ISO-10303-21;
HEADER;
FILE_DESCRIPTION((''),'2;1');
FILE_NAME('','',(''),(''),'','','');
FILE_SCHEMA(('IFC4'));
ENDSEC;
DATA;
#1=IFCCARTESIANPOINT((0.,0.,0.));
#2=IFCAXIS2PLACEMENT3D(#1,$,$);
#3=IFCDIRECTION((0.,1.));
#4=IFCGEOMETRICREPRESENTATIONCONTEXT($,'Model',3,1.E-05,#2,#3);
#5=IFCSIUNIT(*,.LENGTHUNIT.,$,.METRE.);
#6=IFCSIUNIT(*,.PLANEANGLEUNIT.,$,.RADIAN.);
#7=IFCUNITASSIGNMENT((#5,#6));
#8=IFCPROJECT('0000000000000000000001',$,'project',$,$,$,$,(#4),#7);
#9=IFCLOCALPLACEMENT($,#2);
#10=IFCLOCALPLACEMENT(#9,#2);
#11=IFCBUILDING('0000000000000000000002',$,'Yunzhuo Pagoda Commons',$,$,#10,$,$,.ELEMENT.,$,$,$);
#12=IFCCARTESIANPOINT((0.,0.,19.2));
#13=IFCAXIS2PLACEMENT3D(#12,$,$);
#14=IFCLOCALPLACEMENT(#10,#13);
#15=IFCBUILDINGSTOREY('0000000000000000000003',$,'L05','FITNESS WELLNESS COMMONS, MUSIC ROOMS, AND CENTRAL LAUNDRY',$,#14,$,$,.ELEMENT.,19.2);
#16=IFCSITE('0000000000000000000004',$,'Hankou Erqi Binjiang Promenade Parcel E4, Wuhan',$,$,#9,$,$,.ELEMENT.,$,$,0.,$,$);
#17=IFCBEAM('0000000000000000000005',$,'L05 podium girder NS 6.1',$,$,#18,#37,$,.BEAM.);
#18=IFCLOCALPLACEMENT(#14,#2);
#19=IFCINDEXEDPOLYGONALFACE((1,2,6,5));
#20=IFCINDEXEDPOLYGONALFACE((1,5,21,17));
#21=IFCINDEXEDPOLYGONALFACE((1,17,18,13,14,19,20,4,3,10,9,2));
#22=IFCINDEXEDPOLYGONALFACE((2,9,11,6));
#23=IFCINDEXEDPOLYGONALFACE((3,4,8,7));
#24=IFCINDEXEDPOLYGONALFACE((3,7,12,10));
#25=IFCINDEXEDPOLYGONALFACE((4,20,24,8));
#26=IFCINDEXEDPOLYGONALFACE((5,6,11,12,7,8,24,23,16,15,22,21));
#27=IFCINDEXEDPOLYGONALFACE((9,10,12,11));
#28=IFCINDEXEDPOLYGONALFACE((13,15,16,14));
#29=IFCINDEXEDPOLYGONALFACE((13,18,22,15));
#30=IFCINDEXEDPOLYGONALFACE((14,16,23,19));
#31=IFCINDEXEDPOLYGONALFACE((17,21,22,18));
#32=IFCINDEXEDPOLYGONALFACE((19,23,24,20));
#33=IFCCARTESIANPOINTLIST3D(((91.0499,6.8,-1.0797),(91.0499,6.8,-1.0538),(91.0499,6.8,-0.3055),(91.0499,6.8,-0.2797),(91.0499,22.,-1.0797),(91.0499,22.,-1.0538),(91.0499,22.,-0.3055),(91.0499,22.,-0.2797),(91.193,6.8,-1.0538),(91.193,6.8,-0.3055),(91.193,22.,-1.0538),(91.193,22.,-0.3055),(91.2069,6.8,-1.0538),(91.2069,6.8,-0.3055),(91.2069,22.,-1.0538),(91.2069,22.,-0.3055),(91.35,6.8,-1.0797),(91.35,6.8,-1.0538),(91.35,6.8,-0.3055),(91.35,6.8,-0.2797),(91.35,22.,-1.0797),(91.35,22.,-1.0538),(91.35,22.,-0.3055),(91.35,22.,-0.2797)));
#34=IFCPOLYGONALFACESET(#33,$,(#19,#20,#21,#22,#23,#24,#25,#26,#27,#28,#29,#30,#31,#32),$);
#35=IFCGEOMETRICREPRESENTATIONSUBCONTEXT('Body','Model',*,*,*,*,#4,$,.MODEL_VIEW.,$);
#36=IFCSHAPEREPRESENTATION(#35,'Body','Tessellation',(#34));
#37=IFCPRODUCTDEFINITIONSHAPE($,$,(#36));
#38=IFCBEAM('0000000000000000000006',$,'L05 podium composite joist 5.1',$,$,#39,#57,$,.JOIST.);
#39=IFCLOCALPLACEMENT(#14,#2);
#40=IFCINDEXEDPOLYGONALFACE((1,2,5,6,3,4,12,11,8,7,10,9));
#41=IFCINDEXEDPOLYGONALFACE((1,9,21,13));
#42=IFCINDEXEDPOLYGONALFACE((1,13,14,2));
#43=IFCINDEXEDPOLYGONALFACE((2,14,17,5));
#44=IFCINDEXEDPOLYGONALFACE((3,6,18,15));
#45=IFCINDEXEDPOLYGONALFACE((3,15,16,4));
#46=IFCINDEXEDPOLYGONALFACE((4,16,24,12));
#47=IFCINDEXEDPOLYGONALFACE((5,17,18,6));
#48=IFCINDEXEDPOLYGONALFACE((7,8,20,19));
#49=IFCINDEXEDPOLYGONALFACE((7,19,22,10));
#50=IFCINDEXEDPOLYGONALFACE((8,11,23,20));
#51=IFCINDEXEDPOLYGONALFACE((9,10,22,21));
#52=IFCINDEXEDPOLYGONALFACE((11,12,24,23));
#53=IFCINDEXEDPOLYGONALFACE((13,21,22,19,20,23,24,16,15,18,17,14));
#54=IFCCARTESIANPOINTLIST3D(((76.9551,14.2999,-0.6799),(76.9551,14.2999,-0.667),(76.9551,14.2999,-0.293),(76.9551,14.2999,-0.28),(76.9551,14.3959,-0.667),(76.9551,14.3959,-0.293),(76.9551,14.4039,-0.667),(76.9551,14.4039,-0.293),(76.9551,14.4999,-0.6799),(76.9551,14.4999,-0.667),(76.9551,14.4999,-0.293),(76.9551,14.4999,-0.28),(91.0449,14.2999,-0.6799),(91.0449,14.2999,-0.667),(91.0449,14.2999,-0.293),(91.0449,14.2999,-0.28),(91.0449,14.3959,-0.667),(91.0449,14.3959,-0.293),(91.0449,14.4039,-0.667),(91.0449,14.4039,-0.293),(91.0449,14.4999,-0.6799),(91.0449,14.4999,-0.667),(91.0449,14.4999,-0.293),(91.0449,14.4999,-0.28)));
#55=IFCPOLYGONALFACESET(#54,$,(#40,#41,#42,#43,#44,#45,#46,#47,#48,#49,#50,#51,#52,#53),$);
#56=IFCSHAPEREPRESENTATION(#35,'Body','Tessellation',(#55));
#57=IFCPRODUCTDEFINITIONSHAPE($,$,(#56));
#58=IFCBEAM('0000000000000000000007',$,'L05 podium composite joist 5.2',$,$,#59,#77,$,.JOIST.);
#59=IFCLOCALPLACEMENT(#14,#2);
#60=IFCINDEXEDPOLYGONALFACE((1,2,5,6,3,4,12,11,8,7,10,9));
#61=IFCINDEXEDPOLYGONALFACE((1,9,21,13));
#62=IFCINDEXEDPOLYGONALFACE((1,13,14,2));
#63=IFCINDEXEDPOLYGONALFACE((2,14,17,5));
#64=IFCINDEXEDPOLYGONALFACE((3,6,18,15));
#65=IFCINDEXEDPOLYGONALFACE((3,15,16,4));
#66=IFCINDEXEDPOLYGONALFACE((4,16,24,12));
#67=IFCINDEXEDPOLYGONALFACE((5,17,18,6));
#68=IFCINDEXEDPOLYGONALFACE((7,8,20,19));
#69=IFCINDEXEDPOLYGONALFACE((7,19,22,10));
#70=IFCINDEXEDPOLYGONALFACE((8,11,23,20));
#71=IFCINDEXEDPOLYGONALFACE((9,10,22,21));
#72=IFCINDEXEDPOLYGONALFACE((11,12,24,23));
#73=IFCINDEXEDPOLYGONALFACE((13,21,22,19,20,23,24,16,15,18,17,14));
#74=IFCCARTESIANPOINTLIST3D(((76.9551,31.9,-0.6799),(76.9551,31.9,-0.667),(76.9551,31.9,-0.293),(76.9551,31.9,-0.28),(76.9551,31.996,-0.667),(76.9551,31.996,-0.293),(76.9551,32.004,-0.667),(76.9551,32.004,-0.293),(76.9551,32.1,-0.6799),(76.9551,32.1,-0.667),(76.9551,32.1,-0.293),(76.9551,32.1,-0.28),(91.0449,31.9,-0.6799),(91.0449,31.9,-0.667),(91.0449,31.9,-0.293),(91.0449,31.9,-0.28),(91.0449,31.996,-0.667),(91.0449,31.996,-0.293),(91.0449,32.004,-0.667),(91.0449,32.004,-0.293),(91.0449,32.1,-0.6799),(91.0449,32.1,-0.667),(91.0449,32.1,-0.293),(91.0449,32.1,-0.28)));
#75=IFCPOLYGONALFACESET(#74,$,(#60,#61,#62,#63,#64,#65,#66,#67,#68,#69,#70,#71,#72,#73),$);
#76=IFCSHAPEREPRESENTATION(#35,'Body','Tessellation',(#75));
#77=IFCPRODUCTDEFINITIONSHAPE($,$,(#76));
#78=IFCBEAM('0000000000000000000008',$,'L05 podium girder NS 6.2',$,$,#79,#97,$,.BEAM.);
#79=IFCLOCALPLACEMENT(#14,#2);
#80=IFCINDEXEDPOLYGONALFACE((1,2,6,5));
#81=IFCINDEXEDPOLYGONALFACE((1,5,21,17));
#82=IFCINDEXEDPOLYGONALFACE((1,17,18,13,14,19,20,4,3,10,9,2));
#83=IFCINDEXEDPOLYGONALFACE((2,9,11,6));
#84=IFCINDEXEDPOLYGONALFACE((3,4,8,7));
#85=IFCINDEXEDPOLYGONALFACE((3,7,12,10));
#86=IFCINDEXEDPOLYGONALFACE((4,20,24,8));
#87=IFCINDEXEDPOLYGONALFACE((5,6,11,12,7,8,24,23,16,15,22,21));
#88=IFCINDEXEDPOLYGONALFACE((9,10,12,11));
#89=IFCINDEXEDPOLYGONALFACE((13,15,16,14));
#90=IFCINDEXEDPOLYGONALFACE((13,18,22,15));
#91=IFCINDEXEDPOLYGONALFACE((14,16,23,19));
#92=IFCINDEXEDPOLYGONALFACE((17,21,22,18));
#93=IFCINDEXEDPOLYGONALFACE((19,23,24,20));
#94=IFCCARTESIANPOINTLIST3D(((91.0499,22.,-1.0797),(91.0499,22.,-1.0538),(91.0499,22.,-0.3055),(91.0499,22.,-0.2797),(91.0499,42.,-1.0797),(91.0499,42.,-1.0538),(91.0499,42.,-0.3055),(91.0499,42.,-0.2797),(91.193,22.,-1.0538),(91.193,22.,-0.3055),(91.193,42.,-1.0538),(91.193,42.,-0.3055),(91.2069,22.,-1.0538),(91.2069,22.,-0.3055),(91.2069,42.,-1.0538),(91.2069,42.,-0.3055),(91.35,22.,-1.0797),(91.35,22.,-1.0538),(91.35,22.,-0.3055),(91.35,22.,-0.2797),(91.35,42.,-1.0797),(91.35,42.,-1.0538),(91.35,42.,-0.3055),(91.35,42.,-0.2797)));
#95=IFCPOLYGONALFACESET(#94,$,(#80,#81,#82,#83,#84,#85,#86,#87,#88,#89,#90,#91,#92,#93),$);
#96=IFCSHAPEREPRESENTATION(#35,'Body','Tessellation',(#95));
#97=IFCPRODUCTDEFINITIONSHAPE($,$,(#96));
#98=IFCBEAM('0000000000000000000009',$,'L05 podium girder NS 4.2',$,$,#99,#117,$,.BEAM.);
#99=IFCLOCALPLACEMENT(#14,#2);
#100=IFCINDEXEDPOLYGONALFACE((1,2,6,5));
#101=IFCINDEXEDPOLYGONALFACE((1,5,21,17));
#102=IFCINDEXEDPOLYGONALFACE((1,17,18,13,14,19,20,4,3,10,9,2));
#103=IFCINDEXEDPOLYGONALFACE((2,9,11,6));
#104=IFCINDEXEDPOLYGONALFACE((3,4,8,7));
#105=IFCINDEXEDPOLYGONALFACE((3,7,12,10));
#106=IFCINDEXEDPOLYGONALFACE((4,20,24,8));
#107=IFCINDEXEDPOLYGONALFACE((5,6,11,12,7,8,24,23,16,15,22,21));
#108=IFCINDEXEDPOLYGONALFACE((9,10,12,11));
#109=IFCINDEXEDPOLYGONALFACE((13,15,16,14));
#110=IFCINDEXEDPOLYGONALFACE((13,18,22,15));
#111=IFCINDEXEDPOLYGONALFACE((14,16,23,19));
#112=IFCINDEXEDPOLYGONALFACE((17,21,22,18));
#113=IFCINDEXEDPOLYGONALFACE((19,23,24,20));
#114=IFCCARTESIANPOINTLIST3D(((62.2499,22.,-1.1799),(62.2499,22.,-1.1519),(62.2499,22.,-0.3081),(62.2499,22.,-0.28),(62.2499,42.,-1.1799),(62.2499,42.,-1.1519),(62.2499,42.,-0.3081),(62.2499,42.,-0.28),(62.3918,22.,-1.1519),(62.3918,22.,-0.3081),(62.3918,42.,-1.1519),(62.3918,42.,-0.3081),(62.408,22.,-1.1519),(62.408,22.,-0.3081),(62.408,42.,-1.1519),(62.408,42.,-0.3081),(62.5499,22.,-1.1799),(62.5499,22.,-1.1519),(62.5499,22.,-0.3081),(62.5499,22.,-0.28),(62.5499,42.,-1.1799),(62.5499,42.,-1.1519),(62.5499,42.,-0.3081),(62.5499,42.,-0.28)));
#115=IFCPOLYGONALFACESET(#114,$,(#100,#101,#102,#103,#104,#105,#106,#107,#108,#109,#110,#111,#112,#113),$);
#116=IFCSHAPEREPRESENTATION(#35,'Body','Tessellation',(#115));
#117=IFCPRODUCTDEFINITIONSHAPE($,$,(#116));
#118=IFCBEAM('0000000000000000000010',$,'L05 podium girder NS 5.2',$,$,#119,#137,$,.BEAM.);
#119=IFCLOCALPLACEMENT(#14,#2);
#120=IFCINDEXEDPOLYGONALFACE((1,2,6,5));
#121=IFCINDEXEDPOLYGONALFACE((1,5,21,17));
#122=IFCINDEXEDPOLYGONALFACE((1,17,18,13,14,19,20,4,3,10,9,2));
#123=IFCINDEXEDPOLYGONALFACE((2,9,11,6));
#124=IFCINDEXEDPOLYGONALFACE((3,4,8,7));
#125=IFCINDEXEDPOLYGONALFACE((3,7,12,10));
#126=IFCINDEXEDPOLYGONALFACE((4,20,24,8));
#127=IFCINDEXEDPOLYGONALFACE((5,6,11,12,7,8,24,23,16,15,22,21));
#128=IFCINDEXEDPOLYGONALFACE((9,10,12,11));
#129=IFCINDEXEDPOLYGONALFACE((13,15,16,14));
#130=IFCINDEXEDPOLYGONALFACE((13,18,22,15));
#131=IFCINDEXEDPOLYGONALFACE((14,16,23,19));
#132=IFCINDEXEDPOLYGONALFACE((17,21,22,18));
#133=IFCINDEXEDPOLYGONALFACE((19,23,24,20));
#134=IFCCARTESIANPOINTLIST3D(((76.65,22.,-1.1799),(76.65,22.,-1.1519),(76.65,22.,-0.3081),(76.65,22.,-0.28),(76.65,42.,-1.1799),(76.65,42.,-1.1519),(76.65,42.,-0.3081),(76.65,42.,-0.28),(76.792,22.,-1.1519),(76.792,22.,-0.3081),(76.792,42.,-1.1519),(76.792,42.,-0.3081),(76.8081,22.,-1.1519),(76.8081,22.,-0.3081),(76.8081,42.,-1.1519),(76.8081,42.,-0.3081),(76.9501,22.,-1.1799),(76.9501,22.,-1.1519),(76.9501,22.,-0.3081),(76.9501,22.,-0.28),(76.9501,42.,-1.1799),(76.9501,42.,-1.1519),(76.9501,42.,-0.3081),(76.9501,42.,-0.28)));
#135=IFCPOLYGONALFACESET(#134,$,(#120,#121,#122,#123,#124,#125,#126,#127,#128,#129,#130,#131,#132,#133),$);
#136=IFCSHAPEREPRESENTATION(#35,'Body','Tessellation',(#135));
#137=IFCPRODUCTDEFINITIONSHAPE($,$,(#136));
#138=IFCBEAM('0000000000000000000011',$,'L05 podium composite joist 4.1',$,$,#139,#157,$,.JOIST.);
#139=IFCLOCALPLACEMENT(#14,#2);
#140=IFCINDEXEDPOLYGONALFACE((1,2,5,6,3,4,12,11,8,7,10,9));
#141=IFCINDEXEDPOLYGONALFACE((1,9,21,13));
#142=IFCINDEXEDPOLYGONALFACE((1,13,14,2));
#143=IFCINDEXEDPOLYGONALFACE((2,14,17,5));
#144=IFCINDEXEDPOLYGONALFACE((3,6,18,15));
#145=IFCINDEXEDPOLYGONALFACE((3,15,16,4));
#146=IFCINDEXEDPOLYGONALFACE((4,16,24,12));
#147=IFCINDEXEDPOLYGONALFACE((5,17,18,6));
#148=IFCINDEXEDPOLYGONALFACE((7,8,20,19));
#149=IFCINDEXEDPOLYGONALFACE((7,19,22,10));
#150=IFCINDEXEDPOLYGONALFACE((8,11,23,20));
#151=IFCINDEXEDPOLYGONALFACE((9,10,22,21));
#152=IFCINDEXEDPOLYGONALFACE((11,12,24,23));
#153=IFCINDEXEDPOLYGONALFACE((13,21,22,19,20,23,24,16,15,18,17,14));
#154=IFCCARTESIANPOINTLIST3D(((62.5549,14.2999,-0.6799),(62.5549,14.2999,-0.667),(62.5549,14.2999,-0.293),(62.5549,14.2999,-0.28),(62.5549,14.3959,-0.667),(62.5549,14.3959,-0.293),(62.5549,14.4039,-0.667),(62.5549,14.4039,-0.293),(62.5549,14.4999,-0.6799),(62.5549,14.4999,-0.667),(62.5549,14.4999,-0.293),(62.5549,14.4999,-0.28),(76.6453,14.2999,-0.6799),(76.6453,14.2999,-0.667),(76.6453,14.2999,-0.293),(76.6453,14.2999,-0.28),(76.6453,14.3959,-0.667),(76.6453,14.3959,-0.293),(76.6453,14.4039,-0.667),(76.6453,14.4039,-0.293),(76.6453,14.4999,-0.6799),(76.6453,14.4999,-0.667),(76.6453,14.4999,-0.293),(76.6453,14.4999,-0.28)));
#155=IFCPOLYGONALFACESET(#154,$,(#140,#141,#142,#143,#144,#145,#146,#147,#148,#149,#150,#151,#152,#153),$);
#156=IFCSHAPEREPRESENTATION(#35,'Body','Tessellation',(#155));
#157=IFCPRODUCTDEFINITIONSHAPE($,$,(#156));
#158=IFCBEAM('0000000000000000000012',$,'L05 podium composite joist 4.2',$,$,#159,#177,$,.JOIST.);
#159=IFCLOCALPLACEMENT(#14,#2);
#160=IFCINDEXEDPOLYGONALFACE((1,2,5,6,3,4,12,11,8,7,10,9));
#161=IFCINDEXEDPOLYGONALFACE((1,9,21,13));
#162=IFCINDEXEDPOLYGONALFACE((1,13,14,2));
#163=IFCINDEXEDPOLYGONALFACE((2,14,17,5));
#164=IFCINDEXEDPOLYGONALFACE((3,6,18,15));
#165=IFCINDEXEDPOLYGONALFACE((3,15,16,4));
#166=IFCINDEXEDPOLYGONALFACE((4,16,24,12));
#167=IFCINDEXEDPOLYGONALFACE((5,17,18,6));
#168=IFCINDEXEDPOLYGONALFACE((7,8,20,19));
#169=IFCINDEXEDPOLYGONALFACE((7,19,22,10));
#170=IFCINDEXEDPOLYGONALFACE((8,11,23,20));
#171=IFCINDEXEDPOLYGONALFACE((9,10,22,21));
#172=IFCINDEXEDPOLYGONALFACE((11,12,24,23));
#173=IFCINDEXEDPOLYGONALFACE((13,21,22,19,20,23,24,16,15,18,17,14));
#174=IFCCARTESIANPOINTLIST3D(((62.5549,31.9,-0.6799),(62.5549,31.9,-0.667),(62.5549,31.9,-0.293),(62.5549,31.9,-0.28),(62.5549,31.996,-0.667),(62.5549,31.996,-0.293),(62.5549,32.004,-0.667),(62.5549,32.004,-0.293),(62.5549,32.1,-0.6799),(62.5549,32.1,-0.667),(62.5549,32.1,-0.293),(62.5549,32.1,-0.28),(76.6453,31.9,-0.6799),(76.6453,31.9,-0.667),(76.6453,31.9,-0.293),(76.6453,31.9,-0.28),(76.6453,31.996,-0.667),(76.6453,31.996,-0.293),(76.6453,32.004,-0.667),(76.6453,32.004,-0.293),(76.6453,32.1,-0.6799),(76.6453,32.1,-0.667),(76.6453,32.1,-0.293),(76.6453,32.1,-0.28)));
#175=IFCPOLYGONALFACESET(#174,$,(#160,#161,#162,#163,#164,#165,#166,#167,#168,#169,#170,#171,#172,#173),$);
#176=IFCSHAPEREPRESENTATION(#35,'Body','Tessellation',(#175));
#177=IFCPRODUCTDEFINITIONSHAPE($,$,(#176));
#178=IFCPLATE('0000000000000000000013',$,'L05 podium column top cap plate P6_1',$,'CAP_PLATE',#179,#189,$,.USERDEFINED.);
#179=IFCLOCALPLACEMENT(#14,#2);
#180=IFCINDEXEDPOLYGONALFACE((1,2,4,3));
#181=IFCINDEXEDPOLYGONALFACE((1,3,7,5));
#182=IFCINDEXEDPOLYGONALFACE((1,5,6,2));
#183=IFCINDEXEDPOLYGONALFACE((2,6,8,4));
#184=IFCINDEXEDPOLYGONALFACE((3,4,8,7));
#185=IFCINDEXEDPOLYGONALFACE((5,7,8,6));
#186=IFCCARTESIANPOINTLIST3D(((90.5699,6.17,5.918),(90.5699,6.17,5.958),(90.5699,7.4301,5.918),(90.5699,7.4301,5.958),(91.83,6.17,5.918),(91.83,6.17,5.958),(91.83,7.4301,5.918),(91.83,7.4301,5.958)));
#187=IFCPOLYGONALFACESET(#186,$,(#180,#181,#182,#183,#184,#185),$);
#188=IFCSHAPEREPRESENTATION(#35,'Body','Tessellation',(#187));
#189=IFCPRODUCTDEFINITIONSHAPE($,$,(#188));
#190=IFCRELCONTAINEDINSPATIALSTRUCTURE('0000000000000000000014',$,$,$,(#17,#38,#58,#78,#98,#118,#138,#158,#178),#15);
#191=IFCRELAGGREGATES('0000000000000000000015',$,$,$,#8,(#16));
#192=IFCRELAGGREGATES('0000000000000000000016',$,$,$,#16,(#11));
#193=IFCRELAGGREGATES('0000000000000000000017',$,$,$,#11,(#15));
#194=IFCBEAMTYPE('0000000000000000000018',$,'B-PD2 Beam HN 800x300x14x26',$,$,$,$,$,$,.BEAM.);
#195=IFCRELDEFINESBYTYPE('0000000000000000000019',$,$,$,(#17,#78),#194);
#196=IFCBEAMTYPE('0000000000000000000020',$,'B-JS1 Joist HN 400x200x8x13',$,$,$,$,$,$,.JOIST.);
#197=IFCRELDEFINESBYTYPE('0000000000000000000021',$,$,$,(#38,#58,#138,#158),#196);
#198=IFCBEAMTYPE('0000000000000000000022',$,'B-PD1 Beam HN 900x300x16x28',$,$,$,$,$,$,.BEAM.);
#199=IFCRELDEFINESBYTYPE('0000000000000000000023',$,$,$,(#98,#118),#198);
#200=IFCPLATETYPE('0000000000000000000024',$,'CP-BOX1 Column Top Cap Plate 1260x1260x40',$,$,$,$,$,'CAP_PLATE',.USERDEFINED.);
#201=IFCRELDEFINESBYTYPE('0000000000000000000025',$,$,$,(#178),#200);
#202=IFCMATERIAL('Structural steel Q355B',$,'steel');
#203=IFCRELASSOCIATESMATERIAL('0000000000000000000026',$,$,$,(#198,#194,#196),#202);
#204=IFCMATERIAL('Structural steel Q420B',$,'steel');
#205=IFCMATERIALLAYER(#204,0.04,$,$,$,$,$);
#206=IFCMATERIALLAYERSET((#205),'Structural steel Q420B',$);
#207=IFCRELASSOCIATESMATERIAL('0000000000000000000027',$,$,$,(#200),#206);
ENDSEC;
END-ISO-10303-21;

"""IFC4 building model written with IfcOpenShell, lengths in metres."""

from ifc_helpers import new_model, si_unit, direction, frame, origin, origin_2d, place, context, subcontext, project, spatial, rectangle, i_section, extrude, source, transform, mapped, material, layer, layer_set, material_profile, profile_set, type_object, element, save


model = new_model("IFC4")

# Units and contexts
model_context = context("Model", 3, precision=1e-05, world=origin(), true_north=direction((0.0, 1.0)))
body_context = subcontext(model_context, "Body", "Model", "MODEL_VIEW")
ifc_project = project(units=[si_unit("LENGTHUNIT", "METRE"), si_unit("PLANEANGLEUNIT", "RADIAN")], contexts=[model_context])

# Site, building, storey
site_placement = place(None, origin())
site = spatial("IfcSite", under=ifc_project, at=site_placement, Name="Hankou Erqi Binjiang Promenade Parcel E4, Wuhan", CompositionType="ELEMENT", RefElevation=0.0)
building_placement = place(site_placement, origin())
building = spatial("IfcBuilding", under=site, at=building_placement, Name="Yunzhuo Pagoda Commons", CompositionType="ELEMENT")
storey_placement = place(building_placement, frame((0.0, 0.0, 19.2)))
storey = spatial("IfcBuildingStorey", under=building, at=storey_placement, Name="L05", Description="FITNESS WELLNESS COMMONS, MUSIC ROOMS, AND CENTRAL LAUNDRY", CompositionType="ELEMENT", Elevation=19.2)

# Shared definitions
ifc_material_1 = material(Name="Structural steel Q420B", Category="steel")

# Beams
ifc_material_2 = material(Name="Structural steel Q355B", Category="steel")
ifc_material_profile_1 = material_profile(ifc_material_2, i_section(OverallWidth=0.3, OverallDepth=0.8999, WebThickness=0.0161, FlangeThickness=0.0281, at=origin_2d()), Name="Structural steel Q355B")
ifc_profile_set_1 = profile_set([ifc_material_profile_1], Name="Structural steel Q355B")
beam_type_1 = type_object("IfcBeamType", Name="B-PD1 Beam HN 900x300x16x28", PredefinedType="BEAM", material=ifc_profile_set_1)
ifc_material_profile_2 = material_profile(ifc_material_2, i_section(OverallWidth=0.3, OverallDepth=0.8, WebThickness=0.0139, FlangeThickness=0.0259, at=origin_2d()), Name="Structural steel Q355B")
ifc_profile_set_2 = profile_set([ifc_material_profile_2], Name="Structural steel Q355B")
beam_type_2 = type_object("IfcBeamType", Name="B-PD2 Beam HN 800x300x14x26", PredefinedType="BEAM", material=ifc_profile_set_2)
shared_shape_1 = source(origin(), body_context, "Body", "SweptSolid", [
    extrude(i_section(OverallWidth=0.3, OverallDepth=0.8, WebThickness=0.0139, FlangeThickness=0.0259, at=origin_2d()), origin(), (0.0, 0.0, 1.0), 15.2),
])
beam_1_placement = place(storey_placement, frame((91.2, 6.8, -0.6797), z_axis=(0.0, 1.0, 0.0), x_axis=(-1.0, 0.0, 0.0)))
element("IfcBeam", 1, at=beam_1_placement, inside=storey, type_object=beam_type_2, Name="L05 podium girder NS 6.1", PredefinedType="BEAM", context=body_context, shape_type="MappedRepresentation", body=[
    mapped(shared_shape_1, transform((0.0, 0.0, 0.0), scale=1.0)),
])
ifc_material_profile_3 = material_profile(ifc_material_2, i_section(OverallWidth=0.2, OverallDepth=0.3999, WebThickness=0.0081, FlangeThickness=0.0129, at=origin_2d()), Name="Structural steel Q355B")
ifc_profile_set_3 = profile_set([ifc_material_profile_3], Name="Structural steel Q355B")
beam_type_3 = type_object("IfcBeamType", Name="B-JS1 Joist HN 400x200x8x13", PredefinedType="JOIST", material=ifc_profile_set_3)
shared_shape_2 = source(origin(), body_context, "Body", "SweptSolid", [
    extrude(i_section(OverallWidth=0.2, OverallDepth=0.3999, WebThickness=0.0081, FlangeThickness=0.0129, at=origin_2d()), origin(), (0.0, 0.0, 1.0), 14.0898),
])
for number, where, z_axis, x_axis, name in (
    (2, (76.9551, 14.3999, -0.48), (1.0, 0.0, 0.0), (0.0, 1.0, 0.0), "L05 podium composite joist 5.1"),
    (3, (76.9551, 32.0, -0.48), (1.0, 0.0, 0.0), (0.0, 1.0, 0.0), "L05 podium composite joist 5.2"),
):
    element("IfcBeam", number, at=place(storey_placement, frame(where, z_axis=z_axis, x_axis=x_axis)), inside=storey, type_object=beam_type_3, Name=name, PredefinedType="JOIST", context=body_context, shape_type="MappedRepresentation", body=[
        mapped(shared_shape_2, transform((0.0, 0.0, 0.0), scale=1.0)),
    ])
shared_shape_3 = source(origin(), body_context, "Body", "SweptSolid", [
    extrude(i_section(OverallWidth=0.3, OverallDepth=0.8, WebThickness=0.0139, FlangeThickness=0.0259, at=origin_2d()), origin(), (0.0, 0.0, 1.0), 20.0),
])
beam_2_placement = place(storey_placement, frame((91.2, 22.0, -0.6797), z_axis=(0.0, 1.0, 0.0), x_axis=(-1.0, 0.0, 0.0)))
element("IfcBeam", 4, at=beam_2_placement, inside=storey, type_object=beam_type_2, Name="L05 podium girder NS 6.2", PredefinedType="BEAM", context=body_context, shape_type="MappedRepresentation", body=[
    mapped(shared_shape_3, transform((0.0, 0.0, 0.0), scale=1.0)),
])
shared_shape_4 = source(origin(), body_context, "Body", "SweptSolid", [
    extrude(i_section(OverallWidth=0.3, OverallDepth=0.8999, WebThickness=0.0161, FlangeThickness=0.0281, at=origin_2d()), origin(), (0.0, 0.0, 1.0), 20.0),
])
for number, where, z_axis, x_axis, name in (
    (5, (62.3999, 22.0, -0.73), (0.0, 1.0, 0.0), (-1.0, 0.0, 0.0), "L05 podium girder NS 4.2"),
    (6, (76.8, 22.0, -0.73), (0.0, 1.0, 0.0), (-1.0, 0.0, 0.0), "L05 podium girder NS 5.2"),
):
    element("IfcBeam", number, at=place(storey_placement, frame(where, z_axis=z_axis, x_axis=x_axis)), inside=storey, type_object=beam_type_1, Name=name, PredefinedType="BEAM", context=body_context, shape_type="MappedRepresentation", body=[
        mapped(shared_shape_4, transform((0.0, 0.0, 0.0), scale=1.0)),
    ])
shared_shape_5 = source(origin(), body_context, "Body", "SweptSolid", [
    extrude(i_section(OverallWidth=0.2, OverallDepth=0.3999, WebThickness=0.0081, FlangeThickness=0.0129, at=origin_2d()), origin(), (0.0, 0.0, 1.0), 14.0903),
])
for number, where, z_axis, x_axis, name in (
    (7, (62.5549, 14.3999, -0.48), (1.0, 0.0, 0.0), (0.0, 1.0, 0.0), "L05 podium composite joist 4.1"),
    (8, (62.5549, 32.0, -0.48), (1.0, 0.0, 0.0), (0.0, 1.0, 0.0), "L05 podium composite joist 4.2"),
):
    element("IfcBeam", number, at=place(storey_placement, frame(where, z_axis=z_axis, x_axis=x_axis)), inside=storey, type_object=beam_type_3, Name=name, PredefinedType="JOIST", context=body_context, shape_type="MappedRepresentation", body=[
        mapped(shared_shape_5, transform((0.0, 0.0, 0.0), scale=1.0)),
    ])

# Plate
ifc_layer_1 = layer(ifc_material_1, 0.04)
ifc_layer_set_1 = layer_set([ifc_layer_1], Name="Structural steel Q420B")
plate_type = type_object("IfcPlateType", Name="CP-BOX1 Column Top Cap Plate 1260x1260x40", ElementType="CAP_PLATE", PredefinedType="USERDEFINED", material=ifc_layer_set_1)
shared_shape_6 = source(origin(), body_context, "Body", "SweptSolid", [
    extrude(rectangle(XDim=1.26, YDim=1.26, at=origin_2d()), origin(), (0.0, 0.0, 1.0), 0.04),
])
for number, where, z_axis, x_axis, name in (
    (9, (91.2, 6.8, 5.918), (0.0, 0.0, 1.0), (1.0, 0.0, 0.0), "L05 podium column top cap plate P6_1"),
):
    element("IfcPlate", number, at=place(storey_placement, frame(where, z_axis=z_axis, x_axis=x_axis)), inside=storey, type_object=plate_type, Name=name, ObjectType="CAP_PLATE", PredefinedType="USERDEFINED", context=body_context, shape_type="MappedRepresentation", body=[
        mapped(shared_shape_6, transform((0.0, 0.0, 0.0), scale=1.0)),
    ])

save(model, "model.ifc")
